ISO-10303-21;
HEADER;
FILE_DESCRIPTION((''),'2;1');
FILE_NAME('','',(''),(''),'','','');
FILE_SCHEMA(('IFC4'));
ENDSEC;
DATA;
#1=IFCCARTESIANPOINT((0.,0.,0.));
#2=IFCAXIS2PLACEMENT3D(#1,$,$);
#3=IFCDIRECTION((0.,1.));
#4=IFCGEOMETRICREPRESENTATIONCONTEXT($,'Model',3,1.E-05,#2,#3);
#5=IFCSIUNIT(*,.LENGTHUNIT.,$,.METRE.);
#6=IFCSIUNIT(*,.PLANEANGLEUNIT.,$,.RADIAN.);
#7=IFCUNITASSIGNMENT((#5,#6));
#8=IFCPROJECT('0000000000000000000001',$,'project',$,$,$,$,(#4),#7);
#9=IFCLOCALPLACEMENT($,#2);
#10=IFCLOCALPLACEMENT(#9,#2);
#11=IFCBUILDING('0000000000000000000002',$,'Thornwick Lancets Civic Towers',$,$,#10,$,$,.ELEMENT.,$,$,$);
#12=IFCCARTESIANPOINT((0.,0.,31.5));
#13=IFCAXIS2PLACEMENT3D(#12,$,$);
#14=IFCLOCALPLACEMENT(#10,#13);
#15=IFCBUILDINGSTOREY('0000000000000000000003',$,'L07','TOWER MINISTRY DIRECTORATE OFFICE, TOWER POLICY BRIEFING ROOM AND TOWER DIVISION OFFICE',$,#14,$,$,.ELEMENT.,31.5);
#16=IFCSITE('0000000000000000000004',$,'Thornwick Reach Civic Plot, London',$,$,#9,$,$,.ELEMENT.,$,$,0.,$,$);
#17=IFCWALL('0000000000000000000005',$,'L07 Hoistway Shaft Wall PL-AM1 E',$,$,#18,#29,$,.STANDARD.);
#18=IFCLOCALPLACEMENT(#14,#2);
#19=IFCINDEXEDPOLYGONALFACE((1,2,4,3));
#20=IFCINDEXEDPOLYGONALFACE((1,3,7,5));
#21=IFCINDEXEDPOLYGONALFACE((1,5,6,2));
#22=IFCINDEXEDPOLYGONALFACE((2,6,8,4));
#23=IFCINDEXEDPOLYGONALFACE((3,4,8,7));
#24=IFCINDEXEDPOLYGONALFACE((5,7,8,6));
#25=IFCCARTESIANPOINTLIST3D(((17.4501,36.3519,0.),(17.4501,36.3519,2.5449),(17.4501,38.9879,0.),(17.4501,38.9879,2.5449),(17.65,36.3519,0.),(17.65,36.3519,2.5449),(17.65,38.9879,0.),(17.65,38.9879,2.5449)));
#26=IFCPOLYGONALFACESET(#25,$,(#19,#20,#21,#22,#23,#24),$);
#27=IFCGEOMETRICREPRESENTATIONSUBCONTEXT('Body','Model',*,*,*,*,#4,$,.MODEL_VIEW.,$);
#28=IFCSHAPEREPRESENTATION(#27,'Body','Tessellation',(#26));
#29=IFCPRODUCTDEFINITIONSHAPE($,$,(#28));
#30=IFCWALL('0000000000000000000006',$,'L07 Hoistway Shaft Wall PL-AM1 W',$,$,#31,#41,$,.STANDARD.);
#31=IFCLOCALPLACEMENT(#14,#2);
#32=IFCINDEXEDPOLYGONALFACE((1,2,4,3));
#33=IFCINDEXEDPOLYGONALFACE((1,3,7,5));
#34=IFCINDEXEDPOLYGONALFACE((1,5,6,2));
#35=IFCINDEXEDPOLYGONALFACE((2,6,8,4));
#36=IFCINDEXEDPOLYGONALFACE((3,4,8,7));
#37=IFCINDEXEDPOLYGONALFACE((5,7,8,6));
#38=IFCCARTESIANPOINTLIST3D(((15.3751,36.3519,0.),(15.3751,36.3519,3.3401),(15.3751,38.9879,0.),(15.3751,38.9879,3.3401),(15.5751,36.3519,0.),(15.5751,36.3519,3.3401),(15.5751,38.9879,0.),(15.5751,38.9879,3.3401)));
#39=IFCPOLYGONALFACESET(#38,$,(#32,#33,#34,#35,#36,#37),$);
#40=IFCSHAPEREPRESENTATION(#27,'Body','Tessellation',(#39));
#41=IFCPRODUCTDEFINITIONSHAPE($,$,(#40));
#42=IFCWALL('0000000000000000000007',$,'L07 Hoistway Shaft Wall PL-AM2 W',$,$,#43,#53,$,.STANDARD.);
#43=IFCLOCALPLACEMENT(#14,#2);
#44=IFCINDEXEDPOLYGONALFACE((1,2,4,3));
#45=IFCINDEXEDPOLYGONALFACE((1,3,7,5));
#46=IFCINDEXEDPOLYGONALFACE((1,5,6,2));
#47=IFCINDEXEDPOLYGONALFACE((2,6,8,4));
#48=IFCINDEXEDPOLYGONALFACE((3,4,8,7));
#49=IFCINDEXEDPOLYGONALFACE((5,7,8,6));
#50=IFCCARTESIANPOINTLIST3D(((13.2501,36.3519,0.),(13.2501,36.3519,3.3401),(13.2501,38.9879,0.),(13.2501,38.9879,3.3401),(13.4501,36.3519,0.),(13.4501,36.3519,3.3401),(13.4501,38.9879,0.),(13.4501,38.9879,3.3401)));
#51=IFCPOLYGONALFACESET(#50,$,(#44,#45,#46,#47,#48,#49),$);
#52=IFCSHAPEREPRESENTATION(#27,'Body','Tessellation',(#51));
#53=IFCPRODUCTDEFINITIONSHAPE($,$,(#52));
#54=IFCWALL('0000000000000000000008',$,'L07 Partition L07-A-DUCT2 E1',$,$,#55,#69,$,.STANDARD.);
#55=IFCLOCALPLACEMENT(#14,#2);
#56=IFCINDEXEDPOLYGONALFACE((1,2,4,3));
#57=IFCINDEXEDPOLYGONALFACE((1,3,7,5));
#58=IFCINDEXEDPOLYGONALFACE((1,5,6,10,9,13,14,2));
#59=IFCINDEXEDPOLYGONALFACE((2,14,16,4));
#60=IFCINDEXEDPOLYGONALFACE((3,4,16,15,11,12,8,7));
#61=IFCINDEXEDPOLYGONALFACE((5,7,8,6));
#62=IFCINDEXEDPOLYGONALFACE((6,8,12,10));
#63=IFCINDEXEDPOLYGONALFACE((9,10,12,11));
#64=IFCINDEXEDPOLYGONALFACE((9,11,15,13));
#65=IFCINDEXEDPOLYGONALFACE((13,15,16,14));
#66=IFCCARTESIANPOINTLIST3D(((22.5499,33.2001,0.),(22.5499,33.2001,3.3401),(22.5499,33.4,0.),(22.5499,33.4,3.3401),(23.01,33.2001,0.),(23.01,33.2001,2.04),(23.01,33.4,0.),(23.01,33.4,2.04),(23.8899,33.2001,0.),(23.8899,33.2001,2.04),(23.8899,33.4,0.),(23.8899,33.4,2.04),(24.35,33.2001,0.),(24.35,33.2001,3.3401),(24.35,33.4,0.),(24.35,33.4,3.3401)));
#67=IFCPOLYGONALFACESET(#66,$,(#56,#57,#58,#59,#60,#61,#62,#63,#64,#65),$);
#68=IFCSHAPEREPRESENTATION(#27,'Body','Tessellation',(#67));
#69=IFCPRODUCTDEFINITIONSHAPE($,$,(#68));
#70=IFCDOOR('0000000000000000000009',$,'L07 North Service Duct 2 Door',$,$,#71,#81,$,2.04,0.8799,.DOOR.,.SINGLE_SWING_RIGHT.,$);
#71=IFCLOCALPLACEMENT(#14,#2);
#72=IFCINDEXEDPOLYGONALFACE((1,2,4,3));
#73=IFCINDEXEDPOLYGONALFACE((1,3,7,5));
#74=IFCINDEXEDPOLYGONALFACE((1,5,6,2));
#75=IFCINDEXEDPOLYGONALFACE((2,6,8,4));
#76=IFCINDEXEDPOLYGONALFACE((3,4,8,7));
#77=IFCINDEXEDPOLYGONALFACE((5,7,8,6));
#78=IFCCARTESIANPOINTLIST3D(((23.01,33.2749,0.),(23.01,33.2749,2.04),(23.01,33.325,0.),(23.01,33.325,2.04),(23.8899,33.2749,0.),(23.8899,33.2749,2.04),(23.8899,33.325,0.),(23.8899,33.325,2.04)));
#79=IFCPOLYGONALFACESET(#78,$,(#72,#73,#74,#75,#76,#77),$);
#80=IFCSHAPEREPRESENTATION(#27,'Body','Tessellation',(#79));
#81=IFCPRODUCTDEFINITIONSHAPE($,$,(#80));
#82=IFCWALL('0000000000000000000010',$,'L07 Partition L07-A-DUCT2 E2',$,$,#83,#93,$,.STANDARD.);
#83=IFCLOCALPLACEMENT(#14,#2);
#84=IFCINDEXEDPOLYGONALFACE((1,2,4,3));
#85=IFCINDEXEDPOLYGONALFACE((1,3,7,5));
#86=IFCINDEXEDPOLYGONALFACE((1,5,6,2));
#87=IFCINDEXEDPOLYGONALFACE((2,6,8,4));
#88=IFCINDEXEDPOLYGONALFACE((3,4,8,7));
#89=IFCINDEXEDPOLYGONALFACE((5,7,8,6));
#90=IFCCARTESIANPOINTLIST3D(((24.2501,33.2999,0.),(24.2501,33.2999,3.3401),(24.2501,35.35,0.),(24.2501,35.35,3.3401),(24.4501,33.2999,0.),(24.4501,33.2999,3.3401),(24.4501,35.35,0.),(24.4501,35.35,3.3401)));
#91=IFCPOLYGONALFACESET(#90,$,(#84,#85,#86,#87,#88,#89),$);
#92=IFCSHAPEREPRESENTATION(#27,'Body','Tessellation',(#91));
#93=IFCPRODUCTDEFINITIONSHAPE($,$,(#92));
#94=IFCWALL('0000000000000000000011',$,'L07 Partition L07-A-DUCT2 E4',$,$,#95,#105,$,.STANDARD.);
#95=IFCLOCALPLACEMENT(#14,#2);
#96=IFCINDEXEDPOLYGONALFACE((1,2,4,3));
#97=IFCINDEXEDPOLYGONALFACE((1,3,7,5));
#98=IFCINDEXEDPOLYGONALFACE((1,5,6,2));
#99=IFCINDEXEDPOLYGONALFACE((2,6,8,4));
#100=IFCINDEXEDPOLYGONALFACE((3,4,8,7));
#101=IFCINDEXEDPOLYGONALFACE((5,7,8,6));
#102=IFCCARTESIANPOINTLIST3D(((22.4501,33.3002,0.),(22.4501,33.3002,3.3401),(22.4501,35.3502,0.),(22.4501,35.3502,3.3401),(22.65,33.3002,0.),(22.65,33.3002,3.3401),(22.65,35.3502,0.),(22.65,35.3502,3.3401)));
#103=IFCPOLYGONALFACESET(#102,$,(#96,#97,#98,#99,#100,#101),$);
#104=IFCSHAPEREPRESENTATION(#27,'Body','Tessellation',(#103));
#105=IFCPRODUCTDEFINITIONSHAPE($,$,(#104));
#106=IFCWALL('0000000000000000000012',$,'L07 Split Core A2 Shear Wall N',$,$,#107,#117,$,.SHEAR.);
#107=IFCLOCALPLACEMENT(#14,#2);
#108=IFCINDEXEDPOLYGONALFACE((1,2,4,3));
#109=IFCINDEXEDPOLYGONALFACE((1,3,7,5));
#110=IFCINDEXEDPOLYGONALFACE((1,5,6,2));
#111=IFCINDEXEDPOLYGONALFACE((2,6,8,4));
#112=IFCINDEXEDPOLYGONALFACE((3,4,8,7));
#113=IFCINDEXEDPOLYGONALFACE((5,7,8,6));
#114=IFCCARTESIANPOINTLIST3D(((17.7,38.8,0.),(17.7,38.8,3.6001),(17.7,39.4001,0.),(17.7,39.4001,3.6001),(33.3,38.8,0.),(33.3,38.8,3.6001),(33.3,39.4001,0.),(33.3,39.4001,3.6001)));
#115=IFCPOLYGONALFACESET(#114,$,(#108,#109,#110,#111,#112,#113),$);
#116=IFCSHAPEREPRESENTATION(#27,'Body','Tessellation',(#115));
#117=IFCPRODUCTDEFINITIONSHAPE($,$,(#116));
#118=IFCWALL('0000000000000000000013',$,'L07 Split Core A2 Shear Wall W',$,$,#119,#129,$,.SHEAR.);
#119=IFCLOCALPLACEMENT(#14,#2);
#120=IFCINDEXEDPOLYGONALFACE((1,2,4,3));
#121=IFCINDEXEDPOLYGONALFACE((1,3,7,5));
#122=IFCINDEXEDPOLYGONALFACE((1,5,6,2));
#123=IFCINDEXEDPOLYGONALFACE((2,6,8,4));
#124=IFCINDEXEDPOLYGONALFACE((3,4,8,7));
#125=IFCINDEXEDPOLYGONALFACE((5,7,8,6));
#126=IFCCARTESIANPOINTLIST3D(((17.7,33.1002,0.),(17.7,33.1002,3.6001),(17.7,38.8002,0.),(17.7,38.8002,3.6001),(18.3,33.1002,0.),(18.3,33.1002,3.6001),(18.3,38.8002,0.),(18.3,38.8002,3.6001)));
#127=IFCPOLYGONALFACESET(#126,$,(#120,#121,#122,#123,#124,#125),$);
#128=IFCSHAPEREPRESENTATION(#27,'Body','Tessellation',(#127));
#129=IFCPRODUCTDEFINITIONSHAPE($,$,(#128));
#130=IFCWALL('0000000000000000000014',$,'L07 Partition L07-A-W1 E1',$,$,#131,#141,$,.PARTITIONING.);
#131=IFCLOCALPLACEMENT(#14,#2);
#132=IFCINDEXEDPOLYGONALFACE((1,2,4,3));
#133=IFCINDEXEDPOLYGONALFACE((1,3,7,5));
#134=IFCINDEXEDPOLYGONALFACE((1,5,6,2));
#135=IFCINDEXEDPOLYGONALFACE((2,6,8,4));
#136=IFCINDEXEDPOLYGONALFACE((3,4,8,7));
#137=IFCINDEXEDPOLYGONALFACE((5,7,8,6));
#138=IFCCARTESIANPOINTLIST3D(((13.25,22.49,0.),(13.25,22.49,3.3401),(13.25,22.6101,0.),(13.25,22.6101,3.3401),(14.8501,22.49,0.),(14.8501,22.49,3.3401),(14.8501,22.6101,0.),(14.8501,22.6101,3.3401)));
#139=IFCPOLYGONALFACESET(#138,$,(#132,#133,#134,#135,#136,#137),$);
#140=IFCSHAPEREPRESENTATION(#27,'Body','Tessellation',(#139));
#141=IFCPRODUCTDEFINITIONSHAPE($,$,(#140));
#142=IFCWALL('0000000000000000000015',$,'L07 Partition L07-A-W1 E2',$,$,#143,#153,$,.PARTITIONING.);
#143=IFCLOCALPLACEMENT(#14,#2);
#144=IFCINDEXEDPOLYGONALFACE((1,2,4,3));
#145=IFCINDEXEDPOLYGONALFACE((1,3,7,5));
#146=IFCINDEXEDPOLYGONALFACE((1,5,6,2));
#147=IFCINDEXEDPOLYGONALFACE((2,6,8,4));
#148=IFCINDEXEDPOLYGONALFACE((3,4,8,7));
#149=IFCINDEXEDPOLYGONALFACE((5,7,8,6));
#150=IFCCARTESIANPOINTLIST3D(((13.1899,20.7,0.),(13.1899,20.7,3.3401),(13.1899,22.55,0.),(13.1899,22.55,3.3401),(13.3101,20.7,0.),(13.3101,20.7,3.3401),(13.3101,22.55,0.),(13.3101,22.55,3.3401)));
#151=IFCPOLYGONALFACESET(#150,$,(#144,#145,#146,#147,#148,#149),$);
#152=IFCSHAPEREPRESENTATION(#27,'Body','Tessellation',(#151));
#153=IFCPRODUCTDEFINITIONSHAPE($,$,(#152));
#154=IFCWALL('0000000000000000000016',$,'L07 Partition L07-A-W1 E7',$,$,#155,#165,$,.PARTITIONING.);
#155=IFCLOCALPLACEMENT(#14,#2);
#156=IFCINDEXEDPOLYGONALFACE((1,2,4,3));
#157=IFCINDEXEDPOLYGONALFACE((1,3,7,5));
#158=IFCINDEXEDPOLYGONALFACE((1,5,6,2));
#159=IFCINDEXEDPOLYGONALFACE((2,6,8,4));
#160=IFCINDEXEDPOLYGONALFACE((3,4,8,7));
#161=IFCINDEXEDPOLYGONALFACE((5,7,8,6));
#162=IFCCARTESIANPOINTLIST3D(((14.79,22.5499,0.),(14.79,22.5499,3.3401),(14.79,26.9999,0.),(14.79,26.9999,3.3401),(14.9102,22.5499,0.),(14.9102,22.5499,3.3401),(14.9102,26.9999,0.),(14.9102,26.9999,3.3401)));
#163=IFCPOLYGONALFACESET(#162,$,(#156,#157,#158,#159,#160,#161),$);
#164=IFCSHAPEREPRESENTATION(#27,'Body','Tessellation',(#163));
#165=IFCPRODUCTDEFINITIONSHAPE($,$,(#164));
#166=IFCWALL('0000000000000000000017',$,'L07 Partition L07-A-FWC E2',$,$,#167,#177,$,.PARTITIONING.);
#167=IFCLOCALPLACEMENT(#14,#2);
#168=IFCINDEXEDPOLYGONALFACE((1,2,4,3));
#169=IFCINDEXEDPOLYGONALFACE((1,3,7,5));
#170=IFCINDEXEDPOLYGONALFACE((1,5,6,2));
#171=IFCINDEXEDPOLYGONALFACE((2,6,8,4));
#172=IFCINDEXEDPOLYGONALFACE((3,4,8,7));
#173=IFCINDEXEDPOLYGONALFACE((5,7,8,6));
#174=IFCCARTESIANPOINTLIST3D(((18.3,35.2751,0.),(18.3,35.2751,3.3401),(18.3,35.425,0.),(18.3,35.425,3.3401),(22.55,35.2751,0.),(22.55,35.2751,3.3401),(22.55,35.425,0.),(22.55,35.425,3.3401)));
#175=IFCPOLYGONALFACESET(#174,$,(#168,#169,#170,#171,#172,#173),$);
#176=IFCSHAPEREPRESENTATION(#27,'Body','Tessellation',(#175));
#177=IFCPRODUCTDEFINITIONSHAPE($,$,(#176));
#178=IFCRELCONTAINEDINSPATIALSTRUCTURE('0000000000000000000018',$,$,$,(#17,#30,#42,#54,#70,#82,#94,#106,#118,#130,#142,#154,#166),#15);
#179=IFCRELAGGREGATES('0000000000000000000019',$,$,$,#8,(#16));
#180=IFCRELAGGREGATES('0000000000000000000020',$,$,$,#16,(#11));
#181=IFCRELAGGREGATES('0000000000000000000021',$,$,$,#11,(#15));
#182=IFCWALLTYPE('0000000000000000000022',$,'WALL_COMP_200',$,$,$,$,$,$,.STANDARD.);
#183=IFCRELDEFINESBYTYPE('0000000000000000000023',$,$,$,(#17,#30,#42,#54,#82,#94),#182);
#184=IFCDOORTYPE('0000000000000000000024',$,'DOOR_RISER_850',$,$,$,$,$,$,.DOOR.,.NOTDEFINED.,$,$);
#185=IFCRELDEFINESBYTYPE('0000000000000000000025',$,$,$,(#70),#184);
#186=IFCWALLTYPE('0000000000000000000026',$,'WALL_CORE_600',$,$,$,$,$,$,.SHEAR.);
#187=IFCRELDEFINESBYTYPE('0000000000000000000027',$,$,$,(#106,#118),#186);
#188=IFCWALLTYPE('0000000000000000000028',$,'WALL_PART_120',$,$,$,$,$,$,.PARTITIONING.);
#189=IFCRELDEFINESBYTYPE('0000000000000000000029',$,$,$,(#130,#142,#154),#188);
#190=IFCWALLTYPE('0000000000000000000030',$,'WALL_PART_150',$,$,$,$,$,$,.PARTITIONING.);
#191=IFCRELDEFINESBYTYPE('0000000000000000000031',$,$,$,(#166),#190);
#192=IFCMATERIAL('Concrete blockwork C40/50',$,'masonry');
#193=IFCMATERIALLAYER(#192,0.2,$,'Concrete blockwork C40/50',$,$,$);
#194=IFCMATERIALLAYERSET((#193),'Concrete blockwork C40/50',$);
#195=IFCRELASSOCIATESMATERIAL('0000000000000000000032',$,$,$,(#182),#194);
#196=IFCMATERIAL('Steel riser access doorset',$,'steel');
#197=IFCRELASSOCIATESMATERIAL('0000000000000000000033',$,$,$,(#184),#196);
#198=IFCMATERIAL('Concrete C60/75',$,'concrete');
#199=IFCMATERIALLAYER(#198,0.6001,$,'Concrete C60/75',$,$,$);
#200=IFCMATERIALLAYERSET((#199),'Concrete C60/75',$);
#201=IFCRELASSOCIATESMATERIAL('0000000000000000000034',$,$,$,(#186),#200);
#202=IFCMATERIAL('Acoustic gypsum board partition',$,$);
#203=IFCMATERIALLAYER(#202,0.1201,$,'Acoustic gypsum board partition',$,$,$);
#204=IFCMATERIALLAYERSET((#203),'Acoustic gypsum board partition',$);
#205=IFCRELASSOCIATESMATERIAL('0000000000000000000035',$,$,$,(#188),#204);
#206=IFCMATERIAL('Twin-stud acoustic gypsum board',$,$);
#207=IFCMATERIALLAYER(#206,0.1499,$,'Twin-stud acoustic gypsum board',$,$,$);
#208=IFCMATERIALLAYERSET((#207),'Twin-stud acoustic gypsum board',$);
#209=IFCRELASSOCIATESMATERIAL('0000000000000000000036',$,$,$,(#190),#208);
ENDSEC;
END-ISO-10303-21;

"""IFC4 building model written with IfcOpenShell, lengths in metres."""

from ifc_helpers import new_model, si_unit, direction, frame, frame_2d, origin, place, context, subcontext, project, spatial, rectangle, extrude, material, layer, layer_set, type_object, element, fill, save


model = new_model("IFC4")

# Units and contexts
model_context = context("Model", 3, precision=1e-05, world=origin(), true_north=direction((0.0, 1.0)))
body_context = subcontext(model_context, "Body", "Model", "MODEL_VIEW")
ifc_project = project(units=[si_unit("LENGTHUNIT", "METRE"), si_unit("PLANEANGLEUNIT", "RADIAN")], contexts=[model_context])

# Site, building, storey
site_placement = place(None, origin())
site = spatial("IfcSite", under=ifc_project, at=site_placement, Name="Thornwick Reach Civic Plot, London", CompositionType="ELEMENT", RefElevation=0.0)
building_placement = place(site_placement, origin())
building = spatial("IfcBuilding", under=site, at=building_placement, Name="Thornwick Lancets Civic Towers", CompositionType="ELEMENT")
storey_placement = place(building_placement, frame((0.0, 0.0, 31.5)))
storey = spatial("IfcBuildingStorey", under=building, at=storey_placement, Name="L07", Description="TOWER MINISTRY DIRECTORATE OFFICE, TOWER POLICY BRIEFING ROOM AND TOWER DIVISION OFFICE", CompositionType="ELEMENT", Elevation=31.5)

# Shared definitions
ifc_material_1 = material(Name="Concrete C60/75", Category="concrete")

# Walls
ifc_material_2 = material(Name="Concrete blockwork C40/50", Category="masonry")
ifc_layer_1 = layer(ifc_material_2, 0.2, Name="Concrete blockwork C40/50")
ifc_layer_set_1 = layer_set([ifc_layer_1], Name="Concrete blockwork C40/50")
wall_type_1 = type_object("IfcWallType", Name="WALL_COMP_200", PredefinedType="STANDARD", material=ifc_layer_set_1)
wall_1_placement = place(storey_placement, frame((17.55, 36.3521, 0.0), z_axis=(0.0, 0.0, 1.0), x_axis=(0.0, 1.0, 0.0)))
element("IfcWall", 1, at=wall_1_placement, inside=storey, type_object=wall_type_1, Name="L07 Hoistway Shaft Wall PL-AM1 E", PredefinedType="STANDARD", context=body_context, shape_type="SweptSolid", body=[
    extrude(rectangle(XDim=2.636, YDim=0.2, at=frame_2d((1.3179, 0.0))), origin(), (0.0, 0.0, 1.0), 2.5449),
])
for number, where, z_axis, x_axis, name in (
    (2, (15.4751, 36.3521, 0.0), (0.0, 0.0, 1.0), (0.0, 1.0, 0.0), "L07 Hoistway Shaft Wall PL-AM1 W"),
    (3, (13.3501, 36.3521, 0.0), (0.0, 0.0, 1.0), (0.0, 1.0, 0.0), "L07 Hoistway Shaft Wall PL-AM2 W"),
):
    element("IfcWall", number, at=place(storey_placement, frame(where, z_axis=z_axis, x_axis=x_axis)), inside=storey, type_object=wall_type_1, Name=name, PredefinedType="STANDARD", context=body_context, shape_type="SweptSolid", body=[
        extrude(rectangle(XDim=2.636, YDim=0.2, at=frame_2d((1.3179, 0.0))), origin(), (0.0, 0.0, 1.0), 3.3401),
    ])

# Wall, opening, door
wall_2_placement = place(storey_placement, frame((22.55, 33.3, 0.0), z_axis=(0.0, 0.0, 1.0), x_axis=(1.0, 0.0, 0.0)))
wall_2 = element("IfcWall", 4, at=wall_2_placement, inside=storey, type_object=wall_type_1, Name="L07 Partition L07-A-DUCT2 E1", PredefinedType="STANDARD", context=body_context, shape_type="SweptSolid", body=[
    extrude(rectangle(XDim=1.8, YDim=0.2, at=frame_2d((0.8999, 0.0))), origin(), (0.0, 0.0, 1.0), 3.3401),
])
opening_1_placement = place(wall_2_placement, frame((0.46, 0.0, 0.0)))
opening_1 = element("IfcOpeningElement", 5, at=opening_1_placement, cuts=wall_2, PredefinedType="OPENING", context=body_context, shape_type="SweptSolid", body=[
    extrude(rectangle(XDim=0.8799, YDim=2.04, at=frame_2d((0.4399, 1.02))), frame((0.0, 0.1099, 0.0), z_axis=(0.0, -1.0, 0.0), x_axis=(1.0, 0.0, 0.0)), (0.0, 0.0, 1.0), 0.22),
])
ifc_material_3 = material(Name="Steel riser access doorset", Category="steel")
door_type_1 = type_object("IfcDoorType", Name="DOOR_RISER_850", OperationType="NOTDEFINED", PredefinedType="DOOR", material=ifc_material_3)
door_1_placement = place(opening_1_placement, origin())
door_1 = element("IfcDoor", 6, at=door_1_placement, inside=storey, type_object=door_type_1, Name="L07 North Service Duct 2 Door", OperationType="SINGLE_SWING_RIGHT", OverallHeight=2.04, OverallWidth=0.8799, PredefinedType="DOOR", context=body_context, shape_type="SweptSolid", body=[
    extrude(rectangle(XDim=0.8799, YDim=2.04, at=frame_2d((0.4399, 1.02))), frame((0.0, 0.0249, 0.0), z_axis=(0.0, -1.0, 0.0), x_axis=(1.0, 0.0, 0.0)), (0.0, 0.0, 1.0), 0.05),
])
fill(opening_1, door_1)

# Walls
for number, where, z_axis, x_axis, name in (
    (7, (24.3501, 33.3, 0.0), (0.0, 0.0, 1.0), (0.0, 1.0, 0.0), "L07 Partition L07-A-DUCT2 E2"),
    (8, (22.55, 35.3501, 0.0), (0.0, 0.0, 1.0), (0.0, -1.0, 0.0), "L07 Partition L07-A-DUCT2 E4"),
):
    element("IfcWall", number, at=place(storey_placement, frame(where, z_axis=z_axis, x_axis=x_axis)), inside=storey, type_object=wall_type_1, Name=name, PredefinedType="STANDARD", context=body_context, shape_type="SweptSolid", body=[
        extrude(rectangle(XDim=2.05, YDim=0.2, at=frame_2d((1.0249, 0.0))), origin(), (0.0, 0.0, 1.0), 3.3401),
    ])
ifc_layer_2 = layer(ifc_material_1, 0.6001, Name="Concrete C60/75")
ifc_layer_set_2 = layer_set([ifc_layer_2], Name="Concrete C60/75")
wall_type_2 = type_object("IfcWallType", Name="WALL_CORE_600", PredefinedType="SHEAR", material=ifc_layer_set_2)
wall_3_placement = place(storey_placement, frame((17.7, 39.1001, 0.0), z_axis=(0.0, 0.0, 1.0), x_axis=(1.0, 0.0, 0.0)))
element("IfcWall", 9, at=wall_3_placement, inside=storey, type_object=wall_type_2, Name="L07 Split Core A2 Shear Wall N", PredefinedType="SHEAR", context=body_context, shape_type="SweptSolid", body=[
    extrude(rectangle(XDim=15.6001, YDim=0.6001, at=frame_2d((7.8, 0.0))), origin(), (0.0, 0.0, 1.0), 3.6001),
])
wall_4_placement = place(storey_placement, frame((18.0, 33.1001, 0.0), z_axis=(0.0, 0.0, 1.0), x_axis=(0.0, 1.0, 0.0)))
element("IfcWall", 10, at=wall_4_placement, inside=storey, type_object=wall_type_2, Name="L07 Split Core A2 Shear Wall W", PredefinedType="SHEAR", context=body_context, shape_type="SweptSolid", body=[
    extrude(rectangle(XDim=5.7, YDim=0.6001, at=frame_2d((2.8501, 0.0))), origin(), (0.0, 0.0, 1.0), 3.6001),
])
ifc_material_4 = material(Name="Acoustic gypsum board partition")
ifc_layer_3 = layer(ifc_material_4, 0.1201, Name="Acoustic gypsum board partition")
ifc_layer_set_3 = layer_set([ifc_layer_3], Name="Acoustic gypsum board partition")
wall_type_3 = type_object("IfcWallType", Name="WALL_PART_120", PredefinedType="PARTITIONING", material=ifc_layer_set_3)
wall_5_placement = place(storey_placement, frame((14.8501, 22.55, 0.0), z_axis=(0.0, 0.0, 1.0), x_axis=(-1.0, 0.0, 0.0)))
element("IfcWall", 11, at=wall_5_placement, inside=storey, type_object=wall_type_3, Name="L07 Partition L07-A-W1 E1", PredefinedType="PARTITIONING", context=body_context, shape_type="SweptSolid", body=[
    extrude(rectangle(XDim=1.6001, YDim=0.1201, at=frame_2d((0.8, 0.0))), origin(), (0.0, 0.0, 1.0), 3.3401),
])
wall_6_placement = place(storey_placement, frame((13.25, 22.55, 0.0), z_axis=(0.0, 0.0, 1.0), x_axis=(0.0, -1.0, 0.0)))
element("IfcWall", 12, at=wall_6_placement, inside=storey, type_object=wall_type_3, Name="L07 Partition L07-A-W1 E2", PredefinedType="PARTITIONING", context=body_context, shape_type="SweptSolid", body=[
    extrude(rectangle(XDim=1.8501, YDim=0.1201, at=frame_2d((0.925, 0.0))), origin(), (0.0, 0.0, 1.0), 3.3401),
])
wall_7_placement = place(storey_placement, frame((14.8501, 27.0, 0.0), z_axis=(0.0, 0.0, 1.0), x_axis=(0.0, -1.0, 0.0)))
element("IfcWall", 13, at=wall_7_placement, inside=storey, type_object=wall_type_3, Name="L07 Partition L07-A-W1 E7", PredefinedType="PARTITIONING", context=body_context, shape_type="SweptSolid", body=[
    extrude(rectangle(XDim=4.45, YDim=0.1201, at=frame_2d((2.2251, 0.0))), origin(), (0.0, 0.0, 1.0), 3.3401),
])
ifc_material_5 = material(Name="Twin-stud acoustic gypsum board")
ifc_layer_4 = layer(ifc_material_5, 0.1499, Name="Twin-stud acoustic gypsum board")
ifc_layer_set_4 = layer_set([ifc_layer_4], Name="Twin-stud acoustic gypsum board")
wall_type_4 = type_object("IfcWallType", Name="WALL_PART_150", PredefinedType="PARTITIONING", material=ifc_layer_set_4)
wall_8_placement = place(storey_placement, frame((18.3, 35.3501, 0.0), z_axis=(0.0, 0.0, 1.0), x_axis=(1.0, 0.0, 0.0)))
element("IfcWall", 14, at=wall_8_placement, inside=storey, type_object=wall_type_4, Name="L07 Partition L07-A-FWC E2", PredefinedType="PARTITIONING", context=body_context, shape_type="SweptSolid", body=[
    extrude(rectangle(XDim=4.25, YDim=0.1499, at=frame_2d((2.125, 0.0))), origin(), (0.0, 0.0, 1.0), 3.3401),
])

save(model, "model.ifc")
